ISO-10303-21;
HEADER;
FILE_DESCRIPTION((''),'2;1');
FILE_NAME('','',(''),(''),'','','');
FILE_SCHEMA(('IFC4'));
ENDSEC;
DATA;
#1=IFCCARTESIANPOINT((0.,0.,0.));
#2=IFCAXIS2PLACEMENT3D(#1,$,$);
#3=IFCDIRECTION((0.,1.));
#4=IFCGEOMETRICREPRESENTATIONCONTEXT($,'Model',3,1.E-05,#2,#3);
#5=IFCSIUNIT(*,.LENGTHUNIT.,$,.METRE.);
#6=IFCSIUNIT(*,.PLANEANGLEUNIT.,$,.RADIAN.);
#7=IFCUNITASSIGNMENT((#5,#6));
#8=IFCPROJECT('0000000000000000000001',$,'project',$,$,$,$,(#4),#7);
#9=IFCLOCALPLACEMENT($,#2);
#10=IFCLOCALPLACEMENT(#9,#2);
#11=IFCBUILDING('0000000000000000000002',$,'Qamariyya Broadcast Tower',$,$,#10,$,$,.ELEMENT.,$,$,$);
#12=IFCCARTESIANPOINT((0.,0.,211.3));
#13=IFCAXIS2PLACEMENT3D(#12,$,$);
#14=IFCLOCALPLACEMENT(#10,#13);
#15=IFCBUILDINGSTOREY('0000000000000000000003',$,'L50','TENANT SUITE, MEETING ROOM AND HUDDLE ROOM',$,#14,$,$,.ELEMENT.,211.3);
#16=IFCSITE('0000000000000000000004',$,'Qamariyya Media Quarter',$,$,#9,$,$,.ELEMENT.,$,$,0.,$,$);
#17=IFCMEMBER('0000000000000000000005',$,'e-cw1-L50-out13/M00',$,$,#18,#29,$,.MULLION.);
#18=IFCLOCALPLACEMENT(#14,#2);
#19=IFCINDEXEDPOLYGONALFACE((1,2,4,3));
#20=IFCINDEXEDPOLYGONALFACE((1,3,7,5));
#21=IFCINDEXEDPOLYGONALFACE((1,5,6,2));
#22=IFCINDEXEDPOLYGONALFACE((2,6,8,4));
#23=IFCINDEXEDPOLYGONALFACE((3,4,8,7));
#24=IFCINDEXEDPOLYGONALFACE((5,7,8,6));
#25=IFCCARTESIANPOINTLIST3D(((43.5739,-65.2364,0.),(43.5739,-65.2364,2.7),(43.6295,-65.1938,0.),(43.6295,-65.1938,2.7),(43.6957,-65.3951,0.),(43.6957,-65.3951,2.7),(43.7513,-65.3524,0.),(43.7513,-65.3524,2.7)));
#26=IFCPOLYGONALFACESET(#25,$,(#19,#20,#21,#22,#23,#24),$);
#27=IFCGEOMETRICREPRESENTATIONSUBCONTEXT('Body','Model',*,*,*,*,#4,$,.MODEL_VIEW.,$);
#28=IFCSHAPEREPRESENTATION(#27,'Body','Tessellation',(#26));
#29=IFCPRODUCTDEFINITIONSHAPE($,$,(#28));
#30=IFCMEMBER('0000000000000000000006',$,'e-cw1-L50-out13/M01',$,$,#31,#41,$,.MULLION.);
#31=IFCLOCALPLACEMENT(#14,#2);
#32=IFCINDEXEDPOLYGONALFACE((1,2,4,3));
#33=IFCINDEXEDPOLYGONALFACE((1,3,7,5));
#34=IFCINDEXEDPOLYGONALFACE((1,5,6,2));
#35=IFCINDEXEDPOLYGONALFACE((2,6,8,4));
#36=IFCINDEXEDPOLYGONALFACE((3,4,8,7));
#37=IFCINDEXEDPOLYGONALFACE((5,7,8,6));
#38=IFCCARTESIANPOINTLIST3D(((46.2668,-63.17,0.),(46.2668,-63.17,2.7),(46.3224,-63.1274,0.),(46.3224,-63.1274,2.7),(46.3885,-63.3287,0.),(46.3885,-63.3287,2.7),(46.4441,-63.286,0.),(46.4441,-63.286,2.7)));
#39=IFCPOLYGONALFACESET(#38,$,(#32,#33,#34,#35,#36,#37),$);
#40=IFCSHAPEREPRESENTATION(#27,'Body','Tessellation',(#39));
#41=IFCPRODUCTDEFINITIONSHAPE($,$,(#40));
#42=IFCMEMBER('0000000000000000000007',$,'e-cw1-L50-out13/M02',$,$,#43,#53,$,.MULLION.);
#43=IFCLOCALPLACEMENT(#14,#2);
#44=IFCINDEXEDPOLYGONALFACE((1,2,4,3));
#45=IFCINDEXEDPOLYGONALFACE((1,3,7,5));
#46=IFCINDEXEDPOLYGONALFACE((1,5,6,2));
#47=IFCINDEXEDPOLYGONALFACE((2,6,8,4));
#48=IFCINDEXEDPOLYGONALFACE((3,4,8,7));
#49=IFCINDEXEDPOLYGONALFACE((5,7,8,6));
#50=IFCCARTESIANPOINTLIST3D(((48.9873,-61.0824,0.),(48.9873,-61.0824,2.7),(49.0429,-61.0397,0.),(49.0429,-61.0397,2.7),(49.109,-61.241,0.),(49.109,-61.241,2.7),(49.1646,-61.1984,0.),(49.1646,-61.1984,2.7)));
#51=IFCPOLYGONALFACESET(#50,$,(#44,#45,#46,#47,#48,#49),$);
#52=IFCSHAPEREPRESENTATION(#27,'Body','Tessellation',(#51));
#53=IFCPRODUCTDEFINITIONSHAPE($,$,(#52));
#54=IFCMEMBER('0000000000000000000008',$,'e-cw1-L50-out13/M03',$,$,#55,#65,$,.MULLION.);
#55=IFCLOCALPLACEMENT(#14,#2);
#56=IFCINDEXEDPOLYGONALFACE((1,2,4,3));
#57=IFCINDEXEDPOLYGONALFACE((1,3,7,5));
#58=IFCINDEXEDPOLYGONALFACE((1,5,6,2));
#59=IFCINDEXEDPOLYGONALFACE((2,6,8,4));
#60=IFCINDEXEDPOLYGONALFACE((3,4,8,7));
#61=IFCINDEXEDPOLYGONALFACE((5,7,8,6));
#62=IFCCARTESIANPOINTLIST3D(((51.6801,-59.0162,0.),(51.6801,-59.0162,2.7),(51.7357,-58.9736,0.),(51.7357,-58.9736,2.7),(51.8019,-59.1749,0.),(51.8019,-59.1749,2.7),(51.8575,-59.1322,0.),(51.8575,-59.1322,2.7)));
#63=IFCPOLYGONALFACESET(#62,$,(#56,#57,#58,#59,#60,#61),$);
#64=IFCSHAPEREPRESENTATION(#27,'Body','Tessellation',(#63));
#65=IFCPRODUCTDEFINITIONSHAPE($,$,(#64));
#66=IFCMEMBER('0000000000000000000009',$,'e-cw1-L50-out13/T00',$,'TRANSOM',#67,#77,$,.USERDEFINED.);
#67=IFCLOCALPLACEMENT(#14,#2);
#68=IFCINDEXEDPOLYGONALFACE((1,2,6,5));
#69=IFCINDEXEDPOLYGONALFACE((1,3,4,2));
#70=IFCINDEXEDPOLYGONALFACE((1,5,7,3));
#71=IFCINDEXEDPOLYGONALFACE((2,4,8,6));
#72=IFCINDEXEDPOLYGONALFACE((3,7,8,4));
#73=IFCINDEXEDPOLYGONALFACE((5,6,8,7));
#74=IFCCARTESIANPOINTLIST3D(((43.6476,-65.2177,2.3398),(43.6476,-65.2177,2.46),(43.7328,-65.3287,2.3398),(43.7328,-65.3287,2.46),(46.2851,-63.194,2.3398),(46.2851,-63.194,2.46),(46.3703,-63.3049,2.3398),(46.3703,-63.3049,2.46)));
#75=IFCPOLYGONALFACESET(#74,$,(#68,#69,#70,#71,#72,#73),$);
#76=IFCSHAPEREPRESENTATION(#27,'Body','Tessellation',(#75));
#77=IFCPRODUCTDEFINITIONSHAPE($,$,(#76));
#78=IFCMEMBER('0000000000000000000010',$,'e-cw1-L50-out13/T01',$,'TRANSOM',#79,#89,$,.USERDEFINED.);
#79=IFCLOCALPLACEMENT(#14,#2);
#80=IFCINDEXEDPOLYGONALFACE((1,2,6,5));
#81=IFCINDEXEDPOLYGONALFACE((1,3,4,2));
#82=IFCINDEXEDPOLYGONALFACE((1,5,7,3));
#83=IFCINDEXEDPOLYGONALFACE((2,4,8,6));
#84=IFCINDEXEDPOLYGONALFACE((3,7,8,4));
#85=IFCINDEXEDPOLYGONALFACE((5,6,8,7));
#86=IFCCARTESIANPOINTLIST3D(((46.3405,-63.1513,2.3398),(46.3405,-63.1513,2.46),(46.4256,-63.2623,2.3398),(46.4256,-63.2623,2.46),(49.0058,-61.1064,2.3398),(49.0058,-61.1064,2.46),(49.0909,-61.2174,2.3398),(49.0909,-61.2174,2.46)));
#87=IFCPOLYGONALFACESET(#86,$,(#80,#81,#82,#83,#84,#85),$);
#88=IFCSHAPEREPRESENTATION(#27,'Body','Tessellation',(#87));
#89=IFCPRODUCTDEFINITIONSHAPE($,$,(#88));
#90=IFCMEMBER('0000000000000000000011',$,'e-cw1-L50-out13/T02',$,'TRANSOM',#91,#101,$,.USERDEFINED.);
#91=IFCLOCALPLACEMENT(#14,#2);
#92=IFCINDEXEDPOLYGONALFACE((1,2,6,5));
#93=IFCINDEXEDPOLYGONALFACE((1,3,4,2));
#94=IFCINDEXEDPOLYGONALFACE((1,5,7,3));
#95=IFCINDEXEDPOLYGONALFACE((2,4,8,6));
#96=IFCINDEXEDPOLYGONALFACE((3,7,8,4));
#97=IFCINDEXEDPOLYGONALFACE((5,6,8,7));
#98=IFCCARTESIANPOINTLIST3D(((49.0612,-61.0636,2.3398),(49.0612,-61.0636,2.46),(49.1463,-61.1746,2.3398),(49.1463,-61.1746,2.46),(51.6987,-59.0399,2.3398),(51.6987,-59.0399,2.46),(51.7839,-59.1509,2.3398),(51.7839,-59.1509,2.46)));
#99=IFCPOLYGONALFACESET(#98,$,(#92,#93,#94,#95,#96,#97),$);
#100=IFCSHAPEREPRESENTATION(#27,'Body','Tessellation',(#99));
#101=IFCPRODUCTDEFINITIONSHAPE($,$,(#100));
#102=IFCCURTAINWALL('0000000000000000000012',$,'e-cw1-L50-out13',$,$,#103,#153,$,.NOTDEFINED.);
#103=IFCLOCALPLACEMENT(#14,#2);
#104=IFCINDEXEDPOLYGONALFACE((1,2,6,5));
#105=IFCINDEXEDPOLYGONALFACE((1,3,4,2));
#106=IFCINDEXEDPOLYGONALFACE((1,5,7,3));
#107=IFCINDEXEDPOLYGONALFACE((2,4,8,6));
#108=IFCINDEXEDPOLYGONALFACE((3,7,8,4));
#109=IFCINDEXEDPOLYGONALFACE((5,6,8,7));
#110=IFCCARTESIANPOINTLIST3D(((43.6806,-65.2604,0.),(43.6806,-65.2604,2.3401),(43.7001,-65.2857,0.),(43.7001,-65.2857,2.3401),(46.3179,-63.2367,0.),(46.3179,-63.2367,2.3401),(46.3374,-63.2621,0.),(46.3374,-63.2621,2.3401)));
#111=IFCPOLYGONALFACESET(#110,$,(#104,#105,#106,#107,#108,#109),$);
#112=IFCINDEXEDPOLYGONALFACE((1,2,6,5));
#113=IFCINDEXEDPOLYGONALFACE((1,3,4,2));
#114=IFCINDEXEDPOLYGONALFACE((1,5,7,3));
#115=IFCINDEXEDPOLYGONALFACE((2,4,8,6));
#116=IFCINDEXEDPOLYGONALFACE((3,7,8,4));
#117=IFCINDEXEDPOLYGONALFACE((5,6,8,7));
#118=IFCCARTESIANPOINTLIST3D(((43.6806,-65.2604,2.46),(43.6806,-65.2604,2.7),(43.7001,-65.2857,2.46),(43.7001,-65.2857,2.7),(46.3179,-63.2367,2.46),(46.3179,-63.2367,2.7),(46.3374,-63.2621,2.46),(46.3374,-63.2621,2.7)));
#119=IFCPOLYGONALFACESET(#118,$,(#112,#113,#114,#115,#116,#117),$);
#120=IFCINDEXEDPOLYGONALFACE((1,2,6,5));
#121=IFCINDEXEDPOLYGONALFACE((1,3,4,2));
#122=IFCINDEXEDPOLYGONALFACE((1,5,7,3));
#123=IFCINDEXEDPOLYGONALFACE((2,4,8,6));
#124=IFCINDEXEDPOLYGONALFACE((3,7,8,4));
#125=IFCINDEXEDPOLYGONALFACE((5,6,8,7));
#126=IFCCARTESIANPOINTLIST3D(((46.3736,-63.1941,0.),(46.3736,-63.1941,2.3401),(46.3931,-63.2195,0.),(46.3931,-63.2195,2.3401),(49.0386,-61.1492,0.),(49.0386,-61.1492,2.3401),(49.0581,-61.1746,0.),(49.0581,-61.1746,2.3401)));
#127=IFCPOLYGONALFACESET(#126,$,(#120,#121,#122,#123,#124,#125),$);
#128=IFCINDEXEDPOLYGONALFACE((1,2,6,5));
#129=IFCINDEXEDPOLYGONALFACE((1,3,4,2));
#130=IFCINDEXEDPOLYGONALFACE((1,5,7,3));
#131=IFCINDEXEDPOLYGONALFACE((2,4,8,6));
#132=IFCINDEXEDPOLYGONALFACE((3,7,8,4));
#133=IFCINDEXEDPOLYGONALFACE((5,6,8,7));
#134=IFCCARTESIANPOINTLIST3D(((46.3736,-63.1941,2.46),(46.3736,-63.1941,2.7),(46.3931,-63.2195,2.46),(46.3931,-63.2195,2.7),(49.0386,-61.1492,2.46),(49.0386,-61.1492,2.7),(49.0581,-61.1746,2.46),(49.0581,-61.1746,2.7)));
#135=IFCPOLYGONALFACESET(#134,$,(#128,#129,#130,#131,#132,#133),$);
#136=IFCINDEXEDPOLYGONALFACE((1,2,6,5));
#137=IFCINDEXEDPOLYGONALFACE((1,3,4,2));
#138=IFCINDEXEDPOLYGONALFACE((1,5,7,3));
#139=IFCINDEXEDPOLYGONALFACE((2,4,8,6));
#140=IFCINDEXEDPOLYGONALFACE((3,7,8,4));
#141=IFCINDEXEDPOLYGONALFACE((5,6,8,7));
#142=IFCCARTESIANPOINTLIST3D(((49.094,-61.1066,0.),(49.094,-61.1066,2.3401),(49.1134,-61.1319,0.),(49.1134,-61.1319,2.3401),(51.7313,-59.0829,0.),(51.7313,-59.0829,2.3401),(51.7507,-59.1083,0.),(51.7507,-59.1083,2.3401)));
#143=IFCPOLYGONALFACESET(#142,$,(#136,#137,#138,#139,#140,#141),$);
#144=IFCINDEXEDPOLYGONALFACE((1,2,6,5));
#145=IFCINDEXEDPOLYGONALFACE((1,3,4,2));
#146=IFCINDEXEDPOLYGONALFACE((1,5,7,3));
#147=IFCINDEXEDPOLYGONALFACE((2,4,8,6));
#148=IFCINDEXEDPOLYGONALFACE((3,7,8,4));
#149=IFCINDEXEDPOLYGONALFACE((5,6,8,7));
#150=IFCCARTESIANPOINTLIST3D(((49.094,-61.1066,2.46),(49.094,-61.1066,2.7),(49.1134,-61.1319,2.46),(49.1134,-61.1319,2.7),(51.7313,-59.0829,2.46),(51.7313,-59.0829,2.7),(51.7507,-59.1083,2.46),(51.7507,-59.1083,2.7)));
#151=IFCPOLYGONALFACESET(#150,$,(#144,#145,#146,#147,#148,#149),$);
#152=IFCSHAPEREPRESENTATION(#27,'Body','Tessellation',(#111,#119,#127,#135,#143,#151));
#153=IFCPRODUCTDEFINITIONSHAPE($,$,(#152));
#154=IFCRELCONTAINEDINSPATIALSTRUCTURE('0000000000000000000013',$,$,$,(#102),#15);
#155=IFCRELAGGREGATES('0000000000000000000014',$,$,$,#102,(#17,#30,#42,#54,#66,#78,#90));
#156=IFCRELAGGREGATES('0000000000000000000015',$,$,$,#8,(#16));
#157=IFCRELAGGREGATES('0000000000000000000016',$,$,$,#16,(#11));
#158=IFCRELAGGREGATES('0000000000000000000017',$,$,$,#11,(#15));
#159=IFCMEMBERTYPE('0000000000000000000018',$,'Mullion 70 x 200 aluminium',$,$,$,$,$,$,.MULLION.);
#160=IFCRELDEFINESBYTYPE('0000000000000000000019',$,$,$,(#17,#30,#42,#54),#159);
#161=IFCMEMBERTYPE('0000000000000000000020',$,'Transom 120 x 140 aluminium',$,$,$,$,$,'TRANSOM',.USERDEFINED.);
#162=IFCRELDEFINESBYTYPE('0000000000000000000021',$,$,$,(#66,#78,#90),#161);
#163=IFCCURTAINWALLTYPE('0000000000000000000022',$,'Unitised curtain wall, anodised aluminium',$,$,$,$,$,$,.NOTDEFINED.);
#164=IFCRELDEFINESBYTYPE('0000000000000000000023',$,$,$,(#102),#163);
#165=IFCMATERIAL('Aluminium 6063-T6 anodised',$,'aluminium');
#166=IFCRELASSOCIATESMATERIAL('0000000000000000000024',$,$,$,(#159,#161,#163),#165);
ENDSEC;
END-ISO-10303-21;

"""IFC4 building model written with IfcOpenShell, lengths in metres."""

from ifc_helpers import new_model, si_unit, direction, frame, origin, origin_2d, place, context, subcontext, project, spatial, rectangle, extrude, material, material_profile, profile_set, type_object, element, aggregate, save


model = new_model("IFC4")

# Units and contexts
model_context = context("Model", 3, precision=1e-05, world=origin(), true_north=direction((0.0, 1.0)))
body_context = subcontext(model_context, "Body", "Model", "MODEL_VIEW")
ifc_project = project(units=[si_unit("LENGTHUNIT", "METRE"), si_unit("PLANEANGLEUNIT", "RADIAN")], contexts=[model_context])

# Members
ifc_material_1 = material(Name="Aluminium 6063-T6 anodised", Category="aluminium")
ifc_material_profile_1 = material_profile(ifc_material_1, rectangle(XDim=0.2, YDim=0.0701, at=origin_2d()))
ifc_profile_set_1 = profile_set([ifc_material_profile_1], Name="Aluminium 6063-T6 anodised")
member_type_1 = type_object("IfcMemberType", Name="Mullion 70 x 200 aluminium", PredefinedType="MULLION", material=ifc_profile_set_1)
site_placement = place(None, origin())
building_placement = place(site_placement, origin())
storey_placement = place(building_placement, frame((0.0, 0.0, 211.3)))
member_1_placement = place(storey_placement, frame((43.6626, -65.2944, 0.0), z_axis=(0.0, 0.0, 1.0), x_axis=(-0.608761, 0.793353, 0.0)))
member_1 = element("IfcMember", 1, at=member_1_placement, type_object=member_type_1, Name="e-cw1-L50-out13/M00", PredefinedType="MULLION", context=body_context, shape_type="SweptSolid", body=[
    extrude(rectangle(XDim=0.2, YDim=0.0701, at=origin_2d()), origin(), (0.0, 0.0, 1.0), 2.7),
])
member_2_placement = place(storey_placement, frame((46.3555, -63.228, 0.0), z_axis=(0.0, 0.0, 1.0), x_axis=(-0.608761, 0.793353, 0.0)))
member_2 = element("IfcMember", 2, at=member_2_placement, type_object=member_type_1, Name="e-cw1-L50-out13/M01", PredefinedType="MULLION", context=body_context, shape_type="SweptSolid", body=[
    extrude(rectangle(XDim=0.2, YDim=0.0701, at=origin_2d()), origin(), (0.0, 0.0, 1.0), 2.7),
])
member_3_placement = place(storey_placement, frame((49.0759, -61.1404, 0.0), z_axis=(0.0, 0.0, 1.0), x_axis=(-0.608761, 0.793353, 0.0)))
member_3 = element("IfcMember", 3, at=member_3_placement, type_object=member_type_1, Name="e-cw1-L50-out13/M02", PredefinedType="MULLION", context=body_context, shape_type="SweptSolid", body=[
    extrude(rectangle(XDim=0.2, YDim=0.0701, at=origin_2d()), origin(), (0.0, 0.0, 1.0), 2.7),
])
member_4_placement = place(storey_placement, frame((51.7688, -59.0742, 0.0), z_axis=(0.0, 0.0, 1.0), x_axis=(-0.608761, 0.793353, 0.0)))
member_4 = element("IfcMember", 4, at=member_4_placement, type_object=member_type_1, Name="e-cw1-L50-out13/M03", PredefinedType="MULLION", context=body_context, shape_type="SweptSolid", body=[
    extrude(rectangle(XDim=0.2, YDim=0.0701, at=origin_2d()), origin(), (0.0, 0.0, 1.0), 2.7),
])
ifc_material_profile_2 = material_profile(ifc_material_1, rectangle(XDim=0.1399, YDim=0.1201, at=origin_2d()))
ifc_profile_set_2 = profile_set([ifc_material_profile_2], Name="Aluminium 6063-T6 anodised")
member_type_2 = type_object("IfcMemberType", Name="Transom 120 x 140 aluminium", ElementType="TRANSOM", PredefinedType="USERDEFINED", material=ifc_profile_set_2)
member_5_placement = place(storey_placement, frame((43.6902, -65.2732, 2.3999), z_axis=(0.793369, 0.608741, 0.0), x_axis=(-0.608741, 0.793369, 0.0)))
member_5 = element("IfcMember", 5, at=member_5_placement, type_object=member_type_2, Name="e-cw1-L50-out13/T00", ObjectType="TRANSOM", PredefinedType="USERDEFINED", context=body_context, shape_type="SweptSolid", body=[
    extrude(rectangle(XDim=0.1399, YDim=0.1201, at=origin_2d()), origin(), (0.0, 0.0, 1.0), 3.3245),
])
member_6_placement = place(storey_placement, frame((46.3831, -63.2068, 2.3999), z_axis=(0.793385, 0.60872, 0.0), x_axis=(-0.60872, 0.793385, 0.0)))
member_6 = element("IfcMember", 6, at=member_6_placement, type_object=member_type_2, Name="e-cw1-L50-out13/T01", ObjectType="TRANSOM", PredefinedType="USERDEFINED", context=body_context, shape_type="SweptSolid", body=[
    extrude(rectangle(XDim=0.1399, YDim=0.1201, at=origin_2d()), origin(), (0.0, 0.0, 1.0), 3.3594),
])
member_7_placement = place(storey_placement, frame((49.1038, -61.1191, 2.3999), z_axis=(0.793369, 0.608741, 0.0), x_axis=(-0.608741, 0.793369, 0.0)))
member_7 = element("IfcMember", 7, at=member_7_placement, type_object=member_type_2, Name="e-cw1-L50-out13/T02", ObjectType="TRANSOM", PredefinedType="USERDEFINED", context=body_context, shape_type="SweptSolid", body=[
    extrude(rectangle(XDim=0.1399, YDim=0.1201, at=origin_2d()), origin(), (0.0, 0.0, 1.0), 3.3245),
])

# Site, building, storey
site = spatial("IfcSite", under=ifc_project, at=site_placement, Name="Qamariyya Media Quarter", CompositionType="ELEMENT", RefElevation=0.0)
building = spatial("IfcBuilding", under=site, at=building_placement, Name="Qamariyya Broadcast Tower", CompositionType="ELEMENT")
storey = spatial("IfcBuildingStorey", under=building, at=storey_placement, Name="L50", Description="TENANT SUITE, MEETING ROOM AND HUDDLE ROOM", CompositionType="ELEMENT", Elevation=211.3)

# Curtain wall
curtain_wall_type = type_object("IfcCurtainWallType", Name="Unitised curtain wall, anodised aluminium", PredefinedType="NOTDEFINED", material=ifc_material_1)
curtain_wall_1_placement = place(storey_placement, origin())
curtain_wall_1 = element("IfcCurtainWall", 8, at=curtain_wall_1_placement, inside=storey, type_object=curtain_wall_type, Name="e-cw1-L50-out13", PredefinedType="NOTDEFINED", context=body_context, shape_type="SweptSolid", body=[
    extrude(rectangle(XDim=3.3242, YDim=0.032, at=origin_2d()), frame((45.009, -64.2612, 0.0), x_axis=(0.793359, 0.608754, 0.0)), (0.0, 0.0, 1.0), 2.3401),
    extrude(rectangle(XDim=3.3242, YDim=0.032, at=origin_2d()), frame((45.009, -64.2612, 2.46), x_axis=(0.793359, 0.608754, 0.0)), (0.0, 0.0, 1.0), 0.24),
    extrude(rectangle(XDim=3.3591, YDim=0.032, at=origin_2d()), frame((47.7158, -62.1843, 0.0), x_axis=(0.793359, 0.608754, 0.0)), (0.0, 0.0, 1.0), 2.3401),
    extrude(rectangle(XDim=3.3591, YDim=0.032, at=origin_2d()), frame((47.7158, -62.1843, 2.46), x_axis=(0.793359, 0.608754, 0.0)), (0.0, 0.0, 1.0), 0.24),
    extrude(rectangle(XDim=3.3242, YDim=0.032, at=origin_2d()), frame((50.4224, -60.1074, 0.0), x_axis=(0.793359, 0.608754, 0.0)), (0.0, 0.0, 1.0), 2.3401),
    extrude(rectangle(XDim=3.3242, YDim=0.032, at=origin_2d()), frame((50.4224, -60.1074, 2.46), x_axis=(0.793359, 0.608754, 0.0)), (0.0, 0.0, 1.0), 0.24),
])
aggregate(curtain_wall_1, [member_1, member_2, member_3, member_4, member_5, member_6, member_7])

save(model, "model.ifc")
